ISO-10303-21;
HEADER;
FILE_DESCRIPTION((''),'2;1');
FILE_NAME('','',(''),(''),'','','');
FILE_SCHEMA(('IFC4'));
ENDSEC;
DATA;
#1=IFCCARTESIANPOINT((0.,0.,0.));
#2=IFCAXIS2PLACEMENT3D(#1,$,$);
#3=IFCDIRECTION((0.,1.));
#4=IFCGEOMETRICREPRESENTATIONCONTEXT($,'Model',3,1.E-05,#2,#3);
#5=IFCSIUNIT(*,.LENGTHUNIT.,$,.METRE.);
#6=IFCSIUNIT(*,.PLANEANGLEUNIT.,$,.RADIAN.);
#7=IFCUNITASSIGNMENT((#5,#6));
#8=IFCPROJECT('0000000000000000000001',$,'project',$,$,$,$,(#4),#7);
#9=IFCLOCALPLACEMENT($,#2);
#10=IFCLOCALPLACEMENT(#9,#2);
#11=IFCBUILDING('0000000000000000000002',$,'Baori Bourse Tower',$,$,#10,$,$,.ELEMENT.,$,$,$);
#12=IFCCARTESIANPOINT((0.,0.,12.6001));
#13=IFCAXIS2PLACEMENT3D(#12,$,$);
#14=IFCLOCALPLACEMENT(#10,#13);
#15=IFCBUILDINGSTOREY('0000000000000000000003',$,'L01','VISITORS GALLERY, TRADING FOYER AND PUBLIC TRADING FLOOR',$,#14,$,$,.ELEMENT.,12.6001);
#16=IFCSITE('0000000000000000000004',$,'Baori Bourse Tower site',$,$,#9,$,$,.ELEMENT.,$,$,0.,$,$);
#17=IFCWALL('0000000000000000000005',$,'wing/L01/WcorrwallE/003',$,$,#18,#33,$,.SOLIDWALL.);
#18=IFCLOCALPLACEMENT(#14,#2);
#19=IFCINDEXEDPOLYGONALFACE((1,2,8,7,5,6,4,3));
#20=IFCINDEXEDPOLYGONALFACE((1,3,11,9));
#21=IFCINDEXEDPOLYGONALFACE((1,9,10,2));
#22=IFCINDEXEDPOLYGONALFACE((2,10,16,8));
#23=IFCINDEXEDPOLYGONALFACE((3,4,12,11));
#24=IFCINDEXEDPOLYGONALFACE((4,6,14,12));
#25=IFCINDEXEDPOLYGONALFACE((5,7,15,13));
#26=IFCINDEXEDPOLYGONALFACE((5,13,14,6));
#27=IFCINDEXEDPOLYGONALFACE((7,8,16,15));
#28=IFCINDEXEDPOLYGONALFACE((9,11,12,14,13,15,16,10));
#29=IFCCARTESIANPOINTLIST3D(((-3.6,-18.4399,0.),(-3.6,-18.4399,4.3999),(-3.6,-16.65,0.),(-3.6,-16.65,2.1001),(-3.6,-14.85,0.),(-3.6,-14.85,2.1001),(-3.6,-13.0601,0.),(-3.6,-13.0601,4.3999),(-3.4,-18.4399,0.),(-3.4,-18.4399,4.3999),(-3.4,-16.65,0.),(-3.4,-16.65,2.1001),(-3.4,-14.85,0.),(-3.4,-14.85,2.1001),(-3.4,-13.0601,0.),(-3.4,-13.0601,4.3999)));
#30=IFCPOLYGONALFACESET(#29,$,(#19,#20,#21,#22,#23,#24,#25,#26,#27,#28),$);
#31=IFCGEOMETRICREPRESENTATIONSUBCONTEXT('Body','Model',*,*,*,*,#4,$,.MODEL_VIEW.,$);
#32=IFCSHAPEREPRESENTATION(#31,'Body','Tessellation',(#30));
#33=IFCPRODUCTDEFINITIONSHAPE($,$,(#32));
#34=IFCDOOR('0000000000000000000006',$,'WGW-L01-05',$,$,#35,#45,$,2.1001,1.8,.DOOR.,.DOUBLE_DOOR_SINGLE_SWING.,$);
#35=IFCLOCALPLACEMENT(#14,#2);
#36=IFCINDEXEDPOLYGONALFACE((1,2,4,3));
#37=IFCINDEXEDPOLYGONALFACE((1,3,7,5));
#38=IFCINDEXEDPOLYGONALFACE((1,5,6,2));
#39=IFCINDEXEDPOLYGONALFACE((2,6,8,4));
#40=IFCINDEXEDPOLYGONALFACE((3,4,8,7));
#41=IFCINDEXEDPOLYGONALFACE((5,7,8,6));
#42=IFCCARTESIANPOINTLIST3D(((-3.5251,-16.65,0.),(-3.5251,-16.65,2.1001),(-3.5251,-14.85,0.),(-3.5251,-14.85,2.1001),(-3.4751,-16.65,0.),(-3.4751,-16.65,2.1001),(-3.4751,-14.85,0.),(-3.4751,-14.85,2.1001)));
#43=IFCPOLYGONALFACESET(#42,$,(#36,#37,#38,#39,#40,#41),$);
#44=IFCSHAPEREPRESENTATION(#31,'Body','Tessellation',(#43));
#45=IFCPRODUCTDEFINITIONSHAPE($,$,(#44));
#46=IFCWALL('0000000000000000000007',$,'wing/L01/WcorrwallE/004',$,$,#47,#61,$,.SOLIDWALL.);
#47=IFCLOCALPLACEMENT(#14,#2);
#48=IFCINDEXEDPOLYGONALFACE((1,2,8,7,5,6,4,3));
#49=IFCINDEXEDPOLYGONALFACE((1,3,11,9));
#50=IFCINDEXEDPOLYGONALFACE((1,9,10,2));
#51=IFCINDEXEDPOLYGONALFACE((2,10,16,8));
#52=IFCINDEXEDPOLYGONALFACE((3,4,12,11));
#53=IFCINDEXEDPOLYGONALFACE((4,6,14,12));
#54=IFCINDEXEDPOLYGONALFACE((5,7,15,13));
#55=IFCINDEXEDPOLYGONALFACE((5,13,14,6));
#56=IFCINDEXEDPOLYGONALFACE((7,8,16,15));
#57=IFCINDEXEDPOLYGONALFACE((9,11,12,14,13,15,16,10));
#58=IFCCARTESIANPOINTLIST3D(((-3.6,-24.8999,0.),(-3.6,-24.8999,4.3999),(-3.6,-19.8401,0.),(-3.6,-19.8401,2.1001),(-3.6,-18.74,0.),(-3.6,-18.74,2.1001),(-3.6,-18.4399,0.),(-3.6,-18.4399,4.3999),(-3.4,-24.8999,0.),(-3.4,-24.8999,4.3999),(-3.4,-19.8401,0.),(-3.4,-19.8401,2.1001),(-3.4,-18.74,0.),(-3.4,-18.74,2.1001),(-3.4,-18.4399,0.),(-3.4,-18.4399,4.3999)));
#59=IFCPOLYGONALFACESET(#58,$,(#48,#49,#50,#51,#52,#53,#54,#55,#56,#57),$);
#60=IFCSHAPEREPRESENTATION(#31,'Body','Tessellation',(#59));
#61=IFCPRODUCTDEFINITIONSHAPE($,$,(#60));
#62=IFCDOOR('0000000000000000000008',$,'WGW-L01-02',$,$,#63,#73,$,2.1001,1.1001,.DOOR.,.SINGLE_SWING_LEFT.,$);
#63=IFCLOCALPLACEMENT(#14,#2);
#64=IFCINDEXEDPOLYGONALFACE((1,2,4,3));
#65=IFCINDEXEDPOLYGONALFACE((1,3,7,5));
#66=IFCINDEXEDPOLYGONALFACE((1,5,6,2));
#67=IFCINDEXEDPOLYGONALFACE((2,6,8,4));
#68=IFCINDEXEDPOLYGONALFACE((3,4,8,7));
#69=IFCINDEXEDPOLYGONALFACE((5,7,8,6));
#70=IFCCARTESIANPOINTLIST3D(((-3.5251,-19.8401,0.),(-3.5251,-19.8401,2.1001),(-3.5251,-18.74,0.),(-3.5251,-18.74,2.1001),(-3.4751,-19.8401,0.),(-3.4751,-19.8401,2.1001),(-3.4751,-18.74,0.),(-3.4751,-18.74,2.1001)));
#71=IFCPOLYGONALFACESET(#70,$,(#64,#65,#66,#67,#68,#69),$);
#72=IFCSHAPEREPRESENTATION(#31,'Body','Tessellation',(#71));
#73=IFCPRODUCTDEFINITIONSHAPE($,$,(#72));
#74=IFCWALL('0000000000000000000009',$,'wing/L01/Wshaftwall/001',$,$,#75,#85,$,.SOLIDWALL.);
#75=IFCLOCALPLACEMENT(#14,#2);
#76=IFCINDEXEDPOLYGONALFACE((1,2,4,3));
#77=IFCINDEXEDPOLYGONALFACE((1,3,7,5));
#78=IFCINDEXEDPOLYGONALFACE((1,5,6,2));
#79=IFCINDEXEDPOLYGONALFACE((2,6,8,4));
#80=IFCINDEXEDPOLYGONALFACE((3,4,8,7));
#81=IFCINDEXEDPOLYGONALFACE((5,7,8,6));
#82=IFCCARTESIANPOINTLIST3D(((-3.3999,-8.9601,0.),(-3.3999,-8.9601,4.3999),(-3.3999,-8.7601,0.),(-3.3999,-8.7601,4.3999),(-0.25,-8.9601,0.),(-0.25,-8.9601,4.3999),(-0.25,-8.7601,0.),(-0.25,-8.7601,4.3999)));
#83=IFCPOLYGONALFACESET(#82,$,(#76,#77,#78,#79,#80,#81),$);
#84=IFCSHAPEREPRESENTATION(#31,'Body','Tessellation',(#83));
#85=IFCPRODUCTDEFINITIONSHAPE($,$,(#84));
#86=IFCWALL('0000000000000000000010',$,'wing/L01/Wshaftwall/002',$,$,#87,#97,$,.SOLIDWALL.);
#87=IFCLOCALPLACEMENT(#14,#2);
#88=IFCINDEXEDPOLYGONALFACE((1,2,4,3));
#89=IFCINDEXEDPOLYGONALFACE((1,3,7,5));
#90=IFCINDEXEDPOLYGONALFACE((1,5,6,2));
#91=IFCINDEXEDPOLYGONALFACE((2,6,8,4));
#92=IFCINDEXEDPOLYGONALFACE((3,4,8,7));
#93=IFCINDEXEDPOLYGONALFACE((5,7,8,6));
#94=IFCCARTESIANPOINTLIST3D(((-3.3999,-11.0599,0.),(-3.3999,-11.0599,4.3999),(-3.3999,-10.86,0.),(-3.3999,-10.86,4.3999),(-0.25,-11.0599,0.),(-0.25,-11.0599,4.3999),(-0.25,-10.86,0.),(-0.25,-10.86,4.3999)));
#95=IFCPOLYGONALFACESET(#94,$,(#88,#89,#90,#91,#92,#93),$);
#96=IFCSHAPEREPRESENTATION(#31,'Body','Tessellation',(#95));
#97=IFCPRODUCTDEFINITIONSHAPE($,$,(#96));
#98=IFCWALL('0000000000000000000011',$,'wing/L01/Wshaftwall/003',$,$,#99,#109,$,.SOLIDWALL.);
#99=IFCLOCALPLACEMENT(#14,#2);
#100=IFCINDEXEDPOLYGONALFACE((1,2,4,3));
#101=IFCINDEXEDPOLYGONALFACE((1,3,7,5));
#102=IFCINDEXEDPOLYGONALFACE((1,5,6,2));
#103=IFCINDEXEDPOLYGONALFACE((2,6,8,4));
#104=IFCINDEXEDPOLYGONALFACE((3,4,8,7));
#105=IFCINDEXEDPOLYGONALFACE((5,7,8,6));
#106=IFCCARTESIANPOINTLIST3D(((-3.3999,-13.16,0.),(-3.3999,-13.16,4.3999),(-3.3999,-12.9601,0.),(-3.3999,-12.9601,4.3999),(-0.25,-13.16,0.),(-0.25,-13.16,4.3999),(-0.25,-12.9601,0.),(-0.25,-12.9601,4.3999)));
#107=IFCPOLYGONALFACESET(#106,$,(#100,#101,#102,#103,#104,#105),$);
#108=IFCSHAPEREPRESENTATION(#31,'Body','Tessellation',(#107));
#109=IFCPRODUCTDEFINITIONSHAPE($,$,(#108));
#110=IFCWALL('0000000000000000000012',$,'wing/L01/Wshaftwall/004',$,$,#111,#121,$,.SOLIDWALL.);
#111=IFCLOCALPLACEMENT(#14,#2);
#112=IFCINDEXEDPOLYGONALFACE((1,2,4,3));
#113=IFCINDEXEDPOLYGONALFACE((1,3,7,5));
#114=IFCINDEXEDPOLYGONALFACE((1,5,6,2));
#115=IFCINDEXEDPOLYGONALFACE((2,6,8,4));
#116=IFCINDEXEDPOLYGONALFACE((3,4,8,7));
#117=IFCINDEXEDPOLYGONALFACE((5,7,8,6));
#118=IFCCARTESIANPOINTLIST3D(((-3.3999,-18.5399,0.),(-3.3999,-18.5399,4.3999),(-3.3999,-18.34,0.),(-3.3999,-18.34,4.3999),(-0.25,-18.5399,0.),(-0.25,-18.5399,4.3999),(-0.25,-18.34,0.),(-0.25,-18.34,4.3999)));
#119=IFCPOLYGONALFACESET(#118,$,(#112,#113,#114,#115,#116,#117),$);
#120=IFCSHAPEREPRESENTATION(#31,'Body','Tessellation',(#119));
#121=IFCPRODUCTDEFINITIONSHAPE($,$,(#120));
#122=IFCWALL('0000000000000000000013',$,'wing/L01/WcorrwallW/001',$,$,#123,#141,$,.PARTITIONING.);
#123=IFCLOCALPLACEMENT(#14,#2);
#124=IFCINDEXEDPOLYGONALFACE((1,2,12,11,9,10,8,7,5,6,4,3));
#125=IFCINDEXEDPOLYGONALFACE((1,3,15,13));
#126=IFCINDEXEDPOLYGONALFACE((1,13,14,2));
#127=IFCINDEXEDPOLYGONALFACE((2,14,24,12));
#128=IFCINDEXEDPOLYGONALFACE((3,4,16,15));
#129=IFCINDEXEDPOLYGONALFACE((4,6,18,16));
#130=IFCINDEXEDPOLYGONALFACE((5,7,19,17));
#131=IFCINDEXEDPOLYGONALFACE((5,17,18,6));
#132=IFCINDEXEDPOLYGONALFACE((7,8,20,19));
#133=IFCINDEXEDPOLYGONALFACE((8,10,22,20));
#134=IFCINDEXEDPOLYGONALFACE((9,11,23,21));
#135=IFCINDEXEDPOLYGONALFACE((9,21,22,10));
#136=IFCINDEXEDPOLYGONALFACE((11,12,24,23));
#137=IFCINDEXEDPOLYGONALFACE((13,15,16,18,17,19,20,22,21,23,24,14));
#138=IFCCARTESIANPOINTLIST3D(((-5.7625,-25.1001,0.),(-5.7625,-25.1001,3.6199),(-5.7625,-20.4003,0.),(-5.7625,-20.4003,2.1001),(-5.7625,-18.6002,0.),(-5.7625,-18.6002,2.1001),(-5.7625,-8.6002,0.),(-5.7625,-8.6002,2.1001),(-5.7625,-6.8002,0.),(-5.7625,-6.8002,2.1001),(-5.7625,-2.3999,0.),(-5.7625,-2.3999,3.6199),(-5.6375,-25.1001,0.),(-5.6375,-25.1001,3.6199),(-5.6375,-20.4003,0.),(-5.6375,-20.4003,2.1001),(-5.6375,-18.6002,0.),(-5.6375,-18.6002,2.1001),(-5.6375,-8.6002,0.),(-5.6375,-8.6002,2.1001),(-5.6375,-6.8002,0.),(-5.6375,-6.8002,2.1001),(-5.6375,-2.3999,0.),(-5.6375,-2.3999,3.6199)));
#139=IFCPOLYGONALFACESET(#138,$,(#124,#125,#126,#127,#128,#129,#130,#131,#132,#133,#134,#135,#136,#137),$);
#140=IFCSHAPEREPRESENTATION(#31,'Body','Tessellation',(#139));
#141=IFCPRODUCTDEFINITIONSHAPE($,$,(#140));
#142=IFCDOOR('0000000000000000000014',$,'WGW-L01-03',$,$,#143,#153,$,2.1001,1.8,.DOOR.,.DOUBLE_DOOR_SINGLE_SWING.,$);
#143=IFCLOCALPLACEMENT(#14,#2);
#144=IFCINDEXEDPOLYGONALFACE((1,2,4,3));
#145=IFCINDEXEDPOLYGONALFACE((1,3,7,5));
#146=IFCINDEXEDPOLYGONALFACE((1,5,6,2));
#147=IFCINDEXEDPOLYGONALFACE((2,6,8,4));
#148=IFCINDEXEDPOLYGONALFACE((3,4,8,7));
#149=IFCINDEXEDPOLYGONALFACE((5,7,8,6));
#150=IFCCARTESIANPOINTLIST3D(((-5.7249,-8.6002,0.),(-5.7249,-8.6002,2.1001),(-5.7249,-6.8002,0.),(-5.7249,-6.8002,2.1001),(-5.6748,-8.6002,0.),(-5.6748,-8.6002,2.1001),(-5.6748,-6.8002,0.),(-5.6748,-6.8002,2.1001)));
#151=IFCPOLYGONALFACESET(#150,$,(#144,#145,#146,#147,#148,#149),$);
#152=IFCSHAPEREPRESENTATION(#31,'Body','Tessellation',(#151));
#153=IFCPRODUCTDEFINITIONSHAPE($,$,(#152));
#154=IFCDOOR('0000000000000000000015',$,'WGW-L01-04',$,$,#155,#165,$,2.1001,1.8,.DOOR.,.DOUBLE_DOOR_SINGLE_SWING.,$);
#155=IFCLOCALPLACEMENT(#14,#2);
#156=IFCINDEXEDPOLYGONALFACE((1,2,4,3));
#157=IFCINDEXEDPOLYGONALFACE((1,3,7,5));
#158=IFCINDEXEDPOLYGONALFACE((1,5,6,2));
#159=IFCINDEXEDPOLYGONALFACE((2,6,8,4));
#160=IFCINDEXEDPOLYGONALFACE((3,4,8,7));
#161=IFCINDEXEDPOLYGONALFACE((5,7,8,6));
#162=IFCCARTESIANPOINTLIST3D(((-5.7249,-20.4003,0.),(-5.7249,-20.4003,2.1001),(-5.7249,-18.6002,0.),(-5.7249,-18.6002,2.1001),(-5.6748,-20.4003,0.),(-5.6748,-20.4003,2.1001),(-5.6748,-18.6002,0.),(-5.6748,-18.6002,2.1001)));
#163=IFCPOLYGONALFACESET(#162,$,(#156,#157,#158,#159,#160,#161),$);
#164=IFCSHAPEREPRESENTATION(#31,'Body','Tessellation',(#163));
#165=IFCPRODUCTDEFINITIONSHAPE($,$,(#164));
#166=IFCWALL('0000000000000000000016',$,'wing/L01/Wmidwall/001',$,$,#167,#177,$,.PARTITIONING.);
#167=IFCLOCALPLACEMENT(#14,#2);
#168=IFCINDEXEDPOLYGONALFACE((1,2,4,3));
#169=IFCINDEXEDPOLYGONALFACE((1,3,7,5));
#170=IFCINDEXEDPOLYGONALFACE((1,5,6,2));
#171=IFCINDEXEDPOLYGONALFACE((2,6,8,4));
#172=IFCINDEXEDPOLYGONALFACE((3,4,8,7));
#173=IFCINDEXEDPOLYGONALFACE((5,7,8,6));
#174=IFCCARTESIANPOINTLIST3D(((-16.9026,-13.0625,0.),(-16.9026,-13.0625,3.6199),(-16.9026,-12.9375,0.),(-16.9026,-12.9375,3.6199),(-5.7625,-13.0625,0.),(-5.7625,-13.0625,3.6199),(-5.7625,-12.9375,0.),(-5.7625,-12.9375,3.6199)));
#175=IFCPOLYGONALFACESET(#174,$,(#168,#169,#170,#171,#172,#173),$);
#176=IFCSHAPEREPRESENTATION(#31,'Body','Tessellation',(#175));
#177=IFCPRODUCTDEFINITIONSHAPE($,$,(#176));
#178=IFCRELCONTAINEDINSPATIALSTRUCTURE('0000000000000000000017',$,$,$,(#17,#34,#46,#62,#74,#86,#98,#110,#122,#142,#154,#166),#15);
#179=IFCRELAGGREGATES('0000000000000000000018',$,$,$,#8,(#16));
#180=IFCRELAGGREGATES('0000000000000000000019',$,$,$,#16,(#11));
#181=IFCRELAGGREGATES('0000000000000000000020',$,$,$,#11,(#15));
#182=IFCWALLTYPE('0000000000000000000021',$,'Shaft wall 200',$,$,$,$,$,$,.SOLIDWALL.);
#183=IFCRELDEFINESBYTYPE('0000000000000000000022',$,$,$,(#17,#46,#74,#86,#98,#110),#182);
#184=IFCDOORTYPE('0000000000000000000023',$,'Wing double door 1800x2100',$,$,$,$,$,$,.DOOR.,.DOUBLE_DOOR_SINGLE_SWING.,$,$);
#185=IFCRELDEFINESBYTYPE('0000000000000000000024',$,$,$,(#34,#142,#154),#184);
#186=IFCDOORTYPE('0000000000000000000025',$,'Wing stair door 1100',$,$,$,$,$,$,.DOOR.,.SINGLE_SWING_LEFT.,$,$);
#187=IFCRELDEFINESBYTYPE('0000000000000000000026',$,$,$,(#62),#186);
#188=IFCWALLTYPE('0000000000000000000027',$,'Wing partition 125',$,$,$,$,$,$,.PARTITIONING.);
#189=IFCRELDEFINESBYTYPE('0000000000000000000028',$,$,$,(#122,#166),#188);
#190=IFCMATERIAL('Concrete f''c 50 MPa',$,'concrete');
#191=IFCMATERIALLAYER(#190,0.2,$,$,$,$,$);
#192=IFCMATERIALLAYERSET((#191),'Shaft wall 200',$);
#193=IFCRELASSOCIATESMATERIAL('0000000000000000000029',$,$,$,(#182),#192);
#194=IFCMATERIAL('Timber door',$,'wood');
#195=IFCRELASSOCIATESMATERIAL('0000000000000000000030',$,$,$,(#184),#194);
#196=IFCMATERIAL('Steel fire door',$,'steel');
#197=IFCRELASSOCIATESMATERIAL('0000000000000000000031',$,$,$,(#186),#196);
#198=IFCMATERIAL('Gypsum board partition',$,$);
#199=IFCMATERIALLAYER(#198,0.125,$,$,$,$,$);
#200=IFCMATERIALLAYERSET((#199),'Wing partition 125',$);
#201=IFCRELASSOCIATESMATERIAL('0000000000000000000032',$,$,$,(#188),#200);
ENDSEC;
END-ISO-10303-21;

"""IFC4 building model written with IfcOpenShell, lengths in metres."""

from ifc_helpers import new_model, si_unit, direction, frame, frame_2d, origin, place, context, subcontext, project, spatial, rectangle, extrude, material, layer, layer_set, type_object, element, fill, save


model = new_model("IFC4")

# Units and contexts
model_context = context("Model", 3, precision=1e-05, world=origin(), true_north=direction((0.0, 1.0)))
body_context = subcontext(model_context, "Body", "Model", "MODEL_VIEW")
ifc_project = project(units=[si_unit("LENGTHUNIT", "METRE"), si_unit("PLANEANGLEUNIT", "RADIAN")], contexts=[model_context])

# Site, building, storey
site_placement = place(None, origin())
site = spatial("IfcSite", under=ifc_project, at=site_placement, Name="Baori Bourse Tower site", CompositionType="ELEMENT", RefElevation=0.0)
building_placement = place(site_placement, origin())
building = spatial("IfcBuilding", under=site, at=building_placement, Name="Baori Bourse Tower", CompositionType="ELEMENT")
storey_placement = place(building_placement, frame((0.0, 0.0, 12.6001)))
storey = spatial("IfcBuildingStorey", under=building, at=storey_placement, Name="L01", Description="VISITORS GALLERY, TRADING FOYER AND PUBLIC TRADING FLOOR", CompositionType="ELEMENT", Elevation=12.6001)

# Shared definitions
ifc_material_1 = material(Name="Concrete f'c 50 MPa", Category="concrete")
ifc_layer_1 = layer(ifc_material_1, 0.2)
ifc_layer_set_1 = layer_set([ifc_layer_1], Name="Shaft wall 200")
wall_type_1 = type_object("IfcWallType", Name="Shaft wall 200", PredefinedType="SOLIDWALL", material=ifc_layer_set_1)

# Walls, openings, doors
wall_1_placement = place(storey_placement, frame((-3.5, -13.0601, 0.0), z_axis=(0.0, 0.0, 1.0), x_axis=(0.0, -1.0, 0.0)))
wall_1 = element("IfcWall", 1, at=wall_1_placement, inside=storey, type_object=wall_type_1, Name="wing/L01/WcorrwallE/003", PredefinedType="SOLIDWALL", context=body_context, shape_type="SweptSolid", body=[
    extrude(rectangle(XDim=5.3799, YDim=0.2, at=frame_2d((2.6899, 0.0))), origin(), (0.0, 0.0, 1.0), 4.3999),
])
opening_1_placement = place(wall_1_placement, frame((1.79, 0.0, 0.0)))
opening_1 = element("IfcOpeningElement", 2, at=opening_1_placement, cuts=wall_1, PredefinedType="OPENING", context=body_context, shape_type="SweptSolid", body=[
    extrude(rectangle(XDim=1.8, YDim=2.1001, at=frame_2d((0.8999, 1.05))), frame((0.0, 0.1099, 0.0), z_axis=(0.0, -1.0, 0.0), x_axis=(1.0, 0.0, 0.0)), (0.0, 0.0, 1.0), 0.22),
])
ifc_material_2 = material(Name="Timber door", Category="wood")
door_type_1 = type_object("IfcDoorType", Name="Wing double door 1800x2100", OperationType="DOUBLE_DOOR_SINGLE_SWING", PredefinedType="DOOR", material=ifc_material_2)
door_1_placement = place(opening_1_placement, origin())
door_1 = element("IfcDoor", 3, at=door_1_placement, inside=storey, type_object=door_type_1, Name="WGW-L01-05", OperationType="DOUBLE_DOOR_SINGLE_SWING", OverallHeight=2.1001, OverallWidth=1.8, PredefinedType="DOOR", context=body_context, shape_type="SweptSolid", body=[
    extrude(rectangle(XDim=1.8, YDim=2.1001, at=frame_2d((0.8999, 1.05))), frame((0.0, 0.0249, 0.0), z_axis=(0.0, -1.0, 0.0), x_axis=(1.0, 0.0, 0.0)), (0.0, 0.0, 1.0), 0.05),
])
fill(opening_1, door_1)
wall_2_placement = place(storey_placement, frame((-3.5, -18.4399, 0.0), z_axis=(0.0, 0.0, 1.0), x_axis=(0.0, -1.0, 0.0)))
wall_2 = element("IfcWall", 4, at=wall_2_placement, inside=storey, type_object=wall_type_1, Name="wing/L01/WcorrwallE/004", PredefinedType="SOLIDWALL", context=body_context, shape_type="SweptSolid", body=[
    extrude(rectangle(XDim=6.46, YDim=0.2, at=frame_2d((3.23, 0.0))), origin(), (0.0, 0.0, 1.0), 4.3999),
])
opening_2_placement = place(wall_2_placement, frame((0.3, 0.0, 0.0)))
opening_2 = element("IfcOpeningElement", 5, at=opening_2_placement, cuts=wall_2, PredefinedType="OPENING", context=body_context, shape_type="SweptSolid", body=[
    extrude(rectangle(XDim=1.1001, YDim=2.1001, at=frame_2d((0.55, 1.05))), frame((0.0, 0.1099, 0.0), z_axis=(0.0, -1.0, 0.0), x_axis=(1.0, 0.0, 0.0)), (0.0, 0.0, 1.0), 0.22),
])
ifc_material_3 = material(Name="Steel fire door", Category="steel")
door_type_2 = type_object("IfcDoorType", Name="Wing stair door 1100", OperationType="SINGLE_SWING_LEFT", PredefinedType="DOOR", material=ifc_material_3)
door_2_placement = place(opening_2_placement, origin())
door_2 = element("IfcDoor", 6, at=door_2_placement, inside=storey, type_object=door_type_2, Name="WGW-L01-02", OperationType="SINGLE_SWING_LEFT", OverallHeight=2.1001, OverallWidth=1.1001, PredefinedType="DOOR", context=body_context, shape_type="SweptSolid", body=[
    extrude(rectangle(XDim=1.1001, YDim=2.1001, at=frame_2d((0.55, 1.05))), frame((0.0, 0.0249, 0.0), z_axis=(0.0, -1.0, 0.0), x_axis=(1.0, 0.0, 0.0)), (0.0, 0.0, 1.0), 0.05),
])
fill(opening_2, door_2)

# Walls
for number, where, z_axis, x_axis, name in (
    (7, (-3.3999, -8.8601, 0.0), (0.0, 0.0, 1.0), (1.0, 0.0, 0.0), "wing/L01/Wshaftwall/001"),
    (8, (-3.3999, -10.96, 0.0), (0.0, 0.0, 1.0), (1.0, 0.0, 0.0), "wing/L01/Wshaftwall/002"),
    (9, (-3.3999, -13.0601, 0.0), (0.0, 0.0, 1.0), (1.0, 0.0, 0.0), "wing/L01/Wshaftwall/003"),
    (10, (-3.3999, -18.4399, 0.0), (0.0, 0.0, 1.0), (1.0, 0.0, 0.0), "wing/L01/Wshaftwall/004"),
):
    element("IfcWall", number, at=place(storey_placement, frame(where, z_axis=z_axis, x_axis=x_axis)), inside=storey, type_object=wall_type_1, Name=name, PredefinedType="SOLIDWALL", context=body_context, shape_type="SweptSolid", body=[
        extrude(rectangle(XDim=3.1499, YDim=0.2, at=frame_2d((1.575, 0.0))), origin(), (0.0, 0.0, 1.0), 4.3999),
    ])

# Wall, openings, doors
ifc_material_4 = material(Name="Gypsum board partition")
ifc_layer_2 = layer(ifc_material_4, 0.125)
ifc_layer_set_2 = layer_set([ifc_layer_2], Name="Wing partition 125")
wall_type_2 = type_object("IfcWallType", Name="Wing partition 125", PredefinedType="PARTITIONING", material=ifc_layer_set_2)
wall_3_placement = place(storey_placement, frame((-5.7, -25.1001, 0.0), z_axis=(0.0, 0.0, 1.0), x_axis=(0.0, 1.0, 0.0)))
wall_3 = element("IfcWall", 11, at=wall_3_placement, inside=storey, type_object=wall_type_2, Name="wing/L01/WcorrwallW/001", PredefinedType="PARTITIONING", context=body_context, shape_type="SweptSolid", body=[
    extrude(rectangle(XDim=22.7002, YDim=0.125, at=frame_2d((11.3501, 0.0))), origin(), (0.0, 0.0, 1.0), 3.6199),
])
opening_3_placement = place(wall_3_placement, frame((16.5, 0.0, 0.0)))
opening_3 = element("IfcOpeningElement", 12, at=opening_3_placement, cuts=wall_3, PredefinedType="OPENING", context=body_context, shape_type="SweptSolid", body=[
    extrude(rectangle(XDim=1.8, YDim=2.1001, at=frame_2d((0.8999, 1.05))), frame((0.0, 0.0725, 0.0), z_axis=(0.0, -1.0, 0.0), x_axis=(1.0, 0.0, 0.0)), (0.0, 0.0, 1.0), 0.145),
])
opening_4_placement = place(wall_3_placement, frame((4.7, 0.0, 0.0)))
opening_4 = element("IfcOpeningElement", 13, at=opening_4_placement, cuts=wall_3, PredefinedType="OPENING", context=body_context, shape_type="SweptSolid", body=[
    extrude(rectangle(XDim=1.8, YDim=2.1001, at=frame_2d((0.8999, 1.05))), frame((0.0, 0.0725, 0.0), z_axis=(0.0, -1.0, 0.0), x_axis=(1.0, 0.0, 0.0)), (0.0, 0.0, 1.0), 0.145),
])
door_3_placement = place(opening_3_placement, origin())
door_3 = element("IfcDoor", 14, at=door_3_placement, inside=storey, type_object=door_type_1, Name="WGW-L01-03", OperationType="DOUBLE_DOOR_SINGLE_SWING", OverallHeight=2.1001, OverallWidth=1.8, PredefinedType="DOOR", context=body_context, shape_type="SweptSolid", body=[
    extrude(rectangle(XDim=1.8, YDim=2.1001, at=frame_2d((0.8999, 1.05))), frame((0.0, 0.0249, 0.0), z_axis=(0.0, -1.0, 0.0), x_axis=(1.0, 0.0, 0.0)), (0.0, 0.0, 1.0), 0.05),
])
fill(opening_3, door_3)
door_4_placement = place(opening_4_placement, origin())
door_4 = element("IfcDoor", 15, at=door_4_placement, inside=storey, type_object=door_type_1, Name="WGW-L01-04", OperationType="DOUBLE_DOOR_SINGLE_SWING", OverallHeight=2.1001, OverallWidth=1.8, PredefinedType="DOOR", context=body_context, shape_type="SweptSolid", body=[
    extrude(rectangle(XDim=1.8, YDim=2.1001, at=frame_2d((0.8999, 1.05))), frame((0.0, 0.0249, 0.0), z_axis=(0.0, -1.0, 0.0), x_axis=(1.0, 0.0, 0.0)), (0.0, 0.0, 1.0), 0.05),
])
fill(opening_4, door_4)

# Wall
wall_4_placement = place(storey_placement, frame((-5.7625, -13.0, 0.0), z_axis=(0.0, 0.0, 1.0), x_axis=(-1.0, 0.0, 0.0)))
element("IfcWall", 16, at=wall_4_placement, inside=storey, type_object=wall_type_2, Name="wing/L01/Wmidwall/001", PredefinedType="PARTITIONING", context=body_context, shape_type="SweptSolid", body=[
    extrude(rectangle(XDim=11.1401, YDim=0.125, at=frame_2d((5.5701, 0.0))), origin(), (0.0, 0.0, 1.0), 3.6199),
])

save(model, "model.ifc")
